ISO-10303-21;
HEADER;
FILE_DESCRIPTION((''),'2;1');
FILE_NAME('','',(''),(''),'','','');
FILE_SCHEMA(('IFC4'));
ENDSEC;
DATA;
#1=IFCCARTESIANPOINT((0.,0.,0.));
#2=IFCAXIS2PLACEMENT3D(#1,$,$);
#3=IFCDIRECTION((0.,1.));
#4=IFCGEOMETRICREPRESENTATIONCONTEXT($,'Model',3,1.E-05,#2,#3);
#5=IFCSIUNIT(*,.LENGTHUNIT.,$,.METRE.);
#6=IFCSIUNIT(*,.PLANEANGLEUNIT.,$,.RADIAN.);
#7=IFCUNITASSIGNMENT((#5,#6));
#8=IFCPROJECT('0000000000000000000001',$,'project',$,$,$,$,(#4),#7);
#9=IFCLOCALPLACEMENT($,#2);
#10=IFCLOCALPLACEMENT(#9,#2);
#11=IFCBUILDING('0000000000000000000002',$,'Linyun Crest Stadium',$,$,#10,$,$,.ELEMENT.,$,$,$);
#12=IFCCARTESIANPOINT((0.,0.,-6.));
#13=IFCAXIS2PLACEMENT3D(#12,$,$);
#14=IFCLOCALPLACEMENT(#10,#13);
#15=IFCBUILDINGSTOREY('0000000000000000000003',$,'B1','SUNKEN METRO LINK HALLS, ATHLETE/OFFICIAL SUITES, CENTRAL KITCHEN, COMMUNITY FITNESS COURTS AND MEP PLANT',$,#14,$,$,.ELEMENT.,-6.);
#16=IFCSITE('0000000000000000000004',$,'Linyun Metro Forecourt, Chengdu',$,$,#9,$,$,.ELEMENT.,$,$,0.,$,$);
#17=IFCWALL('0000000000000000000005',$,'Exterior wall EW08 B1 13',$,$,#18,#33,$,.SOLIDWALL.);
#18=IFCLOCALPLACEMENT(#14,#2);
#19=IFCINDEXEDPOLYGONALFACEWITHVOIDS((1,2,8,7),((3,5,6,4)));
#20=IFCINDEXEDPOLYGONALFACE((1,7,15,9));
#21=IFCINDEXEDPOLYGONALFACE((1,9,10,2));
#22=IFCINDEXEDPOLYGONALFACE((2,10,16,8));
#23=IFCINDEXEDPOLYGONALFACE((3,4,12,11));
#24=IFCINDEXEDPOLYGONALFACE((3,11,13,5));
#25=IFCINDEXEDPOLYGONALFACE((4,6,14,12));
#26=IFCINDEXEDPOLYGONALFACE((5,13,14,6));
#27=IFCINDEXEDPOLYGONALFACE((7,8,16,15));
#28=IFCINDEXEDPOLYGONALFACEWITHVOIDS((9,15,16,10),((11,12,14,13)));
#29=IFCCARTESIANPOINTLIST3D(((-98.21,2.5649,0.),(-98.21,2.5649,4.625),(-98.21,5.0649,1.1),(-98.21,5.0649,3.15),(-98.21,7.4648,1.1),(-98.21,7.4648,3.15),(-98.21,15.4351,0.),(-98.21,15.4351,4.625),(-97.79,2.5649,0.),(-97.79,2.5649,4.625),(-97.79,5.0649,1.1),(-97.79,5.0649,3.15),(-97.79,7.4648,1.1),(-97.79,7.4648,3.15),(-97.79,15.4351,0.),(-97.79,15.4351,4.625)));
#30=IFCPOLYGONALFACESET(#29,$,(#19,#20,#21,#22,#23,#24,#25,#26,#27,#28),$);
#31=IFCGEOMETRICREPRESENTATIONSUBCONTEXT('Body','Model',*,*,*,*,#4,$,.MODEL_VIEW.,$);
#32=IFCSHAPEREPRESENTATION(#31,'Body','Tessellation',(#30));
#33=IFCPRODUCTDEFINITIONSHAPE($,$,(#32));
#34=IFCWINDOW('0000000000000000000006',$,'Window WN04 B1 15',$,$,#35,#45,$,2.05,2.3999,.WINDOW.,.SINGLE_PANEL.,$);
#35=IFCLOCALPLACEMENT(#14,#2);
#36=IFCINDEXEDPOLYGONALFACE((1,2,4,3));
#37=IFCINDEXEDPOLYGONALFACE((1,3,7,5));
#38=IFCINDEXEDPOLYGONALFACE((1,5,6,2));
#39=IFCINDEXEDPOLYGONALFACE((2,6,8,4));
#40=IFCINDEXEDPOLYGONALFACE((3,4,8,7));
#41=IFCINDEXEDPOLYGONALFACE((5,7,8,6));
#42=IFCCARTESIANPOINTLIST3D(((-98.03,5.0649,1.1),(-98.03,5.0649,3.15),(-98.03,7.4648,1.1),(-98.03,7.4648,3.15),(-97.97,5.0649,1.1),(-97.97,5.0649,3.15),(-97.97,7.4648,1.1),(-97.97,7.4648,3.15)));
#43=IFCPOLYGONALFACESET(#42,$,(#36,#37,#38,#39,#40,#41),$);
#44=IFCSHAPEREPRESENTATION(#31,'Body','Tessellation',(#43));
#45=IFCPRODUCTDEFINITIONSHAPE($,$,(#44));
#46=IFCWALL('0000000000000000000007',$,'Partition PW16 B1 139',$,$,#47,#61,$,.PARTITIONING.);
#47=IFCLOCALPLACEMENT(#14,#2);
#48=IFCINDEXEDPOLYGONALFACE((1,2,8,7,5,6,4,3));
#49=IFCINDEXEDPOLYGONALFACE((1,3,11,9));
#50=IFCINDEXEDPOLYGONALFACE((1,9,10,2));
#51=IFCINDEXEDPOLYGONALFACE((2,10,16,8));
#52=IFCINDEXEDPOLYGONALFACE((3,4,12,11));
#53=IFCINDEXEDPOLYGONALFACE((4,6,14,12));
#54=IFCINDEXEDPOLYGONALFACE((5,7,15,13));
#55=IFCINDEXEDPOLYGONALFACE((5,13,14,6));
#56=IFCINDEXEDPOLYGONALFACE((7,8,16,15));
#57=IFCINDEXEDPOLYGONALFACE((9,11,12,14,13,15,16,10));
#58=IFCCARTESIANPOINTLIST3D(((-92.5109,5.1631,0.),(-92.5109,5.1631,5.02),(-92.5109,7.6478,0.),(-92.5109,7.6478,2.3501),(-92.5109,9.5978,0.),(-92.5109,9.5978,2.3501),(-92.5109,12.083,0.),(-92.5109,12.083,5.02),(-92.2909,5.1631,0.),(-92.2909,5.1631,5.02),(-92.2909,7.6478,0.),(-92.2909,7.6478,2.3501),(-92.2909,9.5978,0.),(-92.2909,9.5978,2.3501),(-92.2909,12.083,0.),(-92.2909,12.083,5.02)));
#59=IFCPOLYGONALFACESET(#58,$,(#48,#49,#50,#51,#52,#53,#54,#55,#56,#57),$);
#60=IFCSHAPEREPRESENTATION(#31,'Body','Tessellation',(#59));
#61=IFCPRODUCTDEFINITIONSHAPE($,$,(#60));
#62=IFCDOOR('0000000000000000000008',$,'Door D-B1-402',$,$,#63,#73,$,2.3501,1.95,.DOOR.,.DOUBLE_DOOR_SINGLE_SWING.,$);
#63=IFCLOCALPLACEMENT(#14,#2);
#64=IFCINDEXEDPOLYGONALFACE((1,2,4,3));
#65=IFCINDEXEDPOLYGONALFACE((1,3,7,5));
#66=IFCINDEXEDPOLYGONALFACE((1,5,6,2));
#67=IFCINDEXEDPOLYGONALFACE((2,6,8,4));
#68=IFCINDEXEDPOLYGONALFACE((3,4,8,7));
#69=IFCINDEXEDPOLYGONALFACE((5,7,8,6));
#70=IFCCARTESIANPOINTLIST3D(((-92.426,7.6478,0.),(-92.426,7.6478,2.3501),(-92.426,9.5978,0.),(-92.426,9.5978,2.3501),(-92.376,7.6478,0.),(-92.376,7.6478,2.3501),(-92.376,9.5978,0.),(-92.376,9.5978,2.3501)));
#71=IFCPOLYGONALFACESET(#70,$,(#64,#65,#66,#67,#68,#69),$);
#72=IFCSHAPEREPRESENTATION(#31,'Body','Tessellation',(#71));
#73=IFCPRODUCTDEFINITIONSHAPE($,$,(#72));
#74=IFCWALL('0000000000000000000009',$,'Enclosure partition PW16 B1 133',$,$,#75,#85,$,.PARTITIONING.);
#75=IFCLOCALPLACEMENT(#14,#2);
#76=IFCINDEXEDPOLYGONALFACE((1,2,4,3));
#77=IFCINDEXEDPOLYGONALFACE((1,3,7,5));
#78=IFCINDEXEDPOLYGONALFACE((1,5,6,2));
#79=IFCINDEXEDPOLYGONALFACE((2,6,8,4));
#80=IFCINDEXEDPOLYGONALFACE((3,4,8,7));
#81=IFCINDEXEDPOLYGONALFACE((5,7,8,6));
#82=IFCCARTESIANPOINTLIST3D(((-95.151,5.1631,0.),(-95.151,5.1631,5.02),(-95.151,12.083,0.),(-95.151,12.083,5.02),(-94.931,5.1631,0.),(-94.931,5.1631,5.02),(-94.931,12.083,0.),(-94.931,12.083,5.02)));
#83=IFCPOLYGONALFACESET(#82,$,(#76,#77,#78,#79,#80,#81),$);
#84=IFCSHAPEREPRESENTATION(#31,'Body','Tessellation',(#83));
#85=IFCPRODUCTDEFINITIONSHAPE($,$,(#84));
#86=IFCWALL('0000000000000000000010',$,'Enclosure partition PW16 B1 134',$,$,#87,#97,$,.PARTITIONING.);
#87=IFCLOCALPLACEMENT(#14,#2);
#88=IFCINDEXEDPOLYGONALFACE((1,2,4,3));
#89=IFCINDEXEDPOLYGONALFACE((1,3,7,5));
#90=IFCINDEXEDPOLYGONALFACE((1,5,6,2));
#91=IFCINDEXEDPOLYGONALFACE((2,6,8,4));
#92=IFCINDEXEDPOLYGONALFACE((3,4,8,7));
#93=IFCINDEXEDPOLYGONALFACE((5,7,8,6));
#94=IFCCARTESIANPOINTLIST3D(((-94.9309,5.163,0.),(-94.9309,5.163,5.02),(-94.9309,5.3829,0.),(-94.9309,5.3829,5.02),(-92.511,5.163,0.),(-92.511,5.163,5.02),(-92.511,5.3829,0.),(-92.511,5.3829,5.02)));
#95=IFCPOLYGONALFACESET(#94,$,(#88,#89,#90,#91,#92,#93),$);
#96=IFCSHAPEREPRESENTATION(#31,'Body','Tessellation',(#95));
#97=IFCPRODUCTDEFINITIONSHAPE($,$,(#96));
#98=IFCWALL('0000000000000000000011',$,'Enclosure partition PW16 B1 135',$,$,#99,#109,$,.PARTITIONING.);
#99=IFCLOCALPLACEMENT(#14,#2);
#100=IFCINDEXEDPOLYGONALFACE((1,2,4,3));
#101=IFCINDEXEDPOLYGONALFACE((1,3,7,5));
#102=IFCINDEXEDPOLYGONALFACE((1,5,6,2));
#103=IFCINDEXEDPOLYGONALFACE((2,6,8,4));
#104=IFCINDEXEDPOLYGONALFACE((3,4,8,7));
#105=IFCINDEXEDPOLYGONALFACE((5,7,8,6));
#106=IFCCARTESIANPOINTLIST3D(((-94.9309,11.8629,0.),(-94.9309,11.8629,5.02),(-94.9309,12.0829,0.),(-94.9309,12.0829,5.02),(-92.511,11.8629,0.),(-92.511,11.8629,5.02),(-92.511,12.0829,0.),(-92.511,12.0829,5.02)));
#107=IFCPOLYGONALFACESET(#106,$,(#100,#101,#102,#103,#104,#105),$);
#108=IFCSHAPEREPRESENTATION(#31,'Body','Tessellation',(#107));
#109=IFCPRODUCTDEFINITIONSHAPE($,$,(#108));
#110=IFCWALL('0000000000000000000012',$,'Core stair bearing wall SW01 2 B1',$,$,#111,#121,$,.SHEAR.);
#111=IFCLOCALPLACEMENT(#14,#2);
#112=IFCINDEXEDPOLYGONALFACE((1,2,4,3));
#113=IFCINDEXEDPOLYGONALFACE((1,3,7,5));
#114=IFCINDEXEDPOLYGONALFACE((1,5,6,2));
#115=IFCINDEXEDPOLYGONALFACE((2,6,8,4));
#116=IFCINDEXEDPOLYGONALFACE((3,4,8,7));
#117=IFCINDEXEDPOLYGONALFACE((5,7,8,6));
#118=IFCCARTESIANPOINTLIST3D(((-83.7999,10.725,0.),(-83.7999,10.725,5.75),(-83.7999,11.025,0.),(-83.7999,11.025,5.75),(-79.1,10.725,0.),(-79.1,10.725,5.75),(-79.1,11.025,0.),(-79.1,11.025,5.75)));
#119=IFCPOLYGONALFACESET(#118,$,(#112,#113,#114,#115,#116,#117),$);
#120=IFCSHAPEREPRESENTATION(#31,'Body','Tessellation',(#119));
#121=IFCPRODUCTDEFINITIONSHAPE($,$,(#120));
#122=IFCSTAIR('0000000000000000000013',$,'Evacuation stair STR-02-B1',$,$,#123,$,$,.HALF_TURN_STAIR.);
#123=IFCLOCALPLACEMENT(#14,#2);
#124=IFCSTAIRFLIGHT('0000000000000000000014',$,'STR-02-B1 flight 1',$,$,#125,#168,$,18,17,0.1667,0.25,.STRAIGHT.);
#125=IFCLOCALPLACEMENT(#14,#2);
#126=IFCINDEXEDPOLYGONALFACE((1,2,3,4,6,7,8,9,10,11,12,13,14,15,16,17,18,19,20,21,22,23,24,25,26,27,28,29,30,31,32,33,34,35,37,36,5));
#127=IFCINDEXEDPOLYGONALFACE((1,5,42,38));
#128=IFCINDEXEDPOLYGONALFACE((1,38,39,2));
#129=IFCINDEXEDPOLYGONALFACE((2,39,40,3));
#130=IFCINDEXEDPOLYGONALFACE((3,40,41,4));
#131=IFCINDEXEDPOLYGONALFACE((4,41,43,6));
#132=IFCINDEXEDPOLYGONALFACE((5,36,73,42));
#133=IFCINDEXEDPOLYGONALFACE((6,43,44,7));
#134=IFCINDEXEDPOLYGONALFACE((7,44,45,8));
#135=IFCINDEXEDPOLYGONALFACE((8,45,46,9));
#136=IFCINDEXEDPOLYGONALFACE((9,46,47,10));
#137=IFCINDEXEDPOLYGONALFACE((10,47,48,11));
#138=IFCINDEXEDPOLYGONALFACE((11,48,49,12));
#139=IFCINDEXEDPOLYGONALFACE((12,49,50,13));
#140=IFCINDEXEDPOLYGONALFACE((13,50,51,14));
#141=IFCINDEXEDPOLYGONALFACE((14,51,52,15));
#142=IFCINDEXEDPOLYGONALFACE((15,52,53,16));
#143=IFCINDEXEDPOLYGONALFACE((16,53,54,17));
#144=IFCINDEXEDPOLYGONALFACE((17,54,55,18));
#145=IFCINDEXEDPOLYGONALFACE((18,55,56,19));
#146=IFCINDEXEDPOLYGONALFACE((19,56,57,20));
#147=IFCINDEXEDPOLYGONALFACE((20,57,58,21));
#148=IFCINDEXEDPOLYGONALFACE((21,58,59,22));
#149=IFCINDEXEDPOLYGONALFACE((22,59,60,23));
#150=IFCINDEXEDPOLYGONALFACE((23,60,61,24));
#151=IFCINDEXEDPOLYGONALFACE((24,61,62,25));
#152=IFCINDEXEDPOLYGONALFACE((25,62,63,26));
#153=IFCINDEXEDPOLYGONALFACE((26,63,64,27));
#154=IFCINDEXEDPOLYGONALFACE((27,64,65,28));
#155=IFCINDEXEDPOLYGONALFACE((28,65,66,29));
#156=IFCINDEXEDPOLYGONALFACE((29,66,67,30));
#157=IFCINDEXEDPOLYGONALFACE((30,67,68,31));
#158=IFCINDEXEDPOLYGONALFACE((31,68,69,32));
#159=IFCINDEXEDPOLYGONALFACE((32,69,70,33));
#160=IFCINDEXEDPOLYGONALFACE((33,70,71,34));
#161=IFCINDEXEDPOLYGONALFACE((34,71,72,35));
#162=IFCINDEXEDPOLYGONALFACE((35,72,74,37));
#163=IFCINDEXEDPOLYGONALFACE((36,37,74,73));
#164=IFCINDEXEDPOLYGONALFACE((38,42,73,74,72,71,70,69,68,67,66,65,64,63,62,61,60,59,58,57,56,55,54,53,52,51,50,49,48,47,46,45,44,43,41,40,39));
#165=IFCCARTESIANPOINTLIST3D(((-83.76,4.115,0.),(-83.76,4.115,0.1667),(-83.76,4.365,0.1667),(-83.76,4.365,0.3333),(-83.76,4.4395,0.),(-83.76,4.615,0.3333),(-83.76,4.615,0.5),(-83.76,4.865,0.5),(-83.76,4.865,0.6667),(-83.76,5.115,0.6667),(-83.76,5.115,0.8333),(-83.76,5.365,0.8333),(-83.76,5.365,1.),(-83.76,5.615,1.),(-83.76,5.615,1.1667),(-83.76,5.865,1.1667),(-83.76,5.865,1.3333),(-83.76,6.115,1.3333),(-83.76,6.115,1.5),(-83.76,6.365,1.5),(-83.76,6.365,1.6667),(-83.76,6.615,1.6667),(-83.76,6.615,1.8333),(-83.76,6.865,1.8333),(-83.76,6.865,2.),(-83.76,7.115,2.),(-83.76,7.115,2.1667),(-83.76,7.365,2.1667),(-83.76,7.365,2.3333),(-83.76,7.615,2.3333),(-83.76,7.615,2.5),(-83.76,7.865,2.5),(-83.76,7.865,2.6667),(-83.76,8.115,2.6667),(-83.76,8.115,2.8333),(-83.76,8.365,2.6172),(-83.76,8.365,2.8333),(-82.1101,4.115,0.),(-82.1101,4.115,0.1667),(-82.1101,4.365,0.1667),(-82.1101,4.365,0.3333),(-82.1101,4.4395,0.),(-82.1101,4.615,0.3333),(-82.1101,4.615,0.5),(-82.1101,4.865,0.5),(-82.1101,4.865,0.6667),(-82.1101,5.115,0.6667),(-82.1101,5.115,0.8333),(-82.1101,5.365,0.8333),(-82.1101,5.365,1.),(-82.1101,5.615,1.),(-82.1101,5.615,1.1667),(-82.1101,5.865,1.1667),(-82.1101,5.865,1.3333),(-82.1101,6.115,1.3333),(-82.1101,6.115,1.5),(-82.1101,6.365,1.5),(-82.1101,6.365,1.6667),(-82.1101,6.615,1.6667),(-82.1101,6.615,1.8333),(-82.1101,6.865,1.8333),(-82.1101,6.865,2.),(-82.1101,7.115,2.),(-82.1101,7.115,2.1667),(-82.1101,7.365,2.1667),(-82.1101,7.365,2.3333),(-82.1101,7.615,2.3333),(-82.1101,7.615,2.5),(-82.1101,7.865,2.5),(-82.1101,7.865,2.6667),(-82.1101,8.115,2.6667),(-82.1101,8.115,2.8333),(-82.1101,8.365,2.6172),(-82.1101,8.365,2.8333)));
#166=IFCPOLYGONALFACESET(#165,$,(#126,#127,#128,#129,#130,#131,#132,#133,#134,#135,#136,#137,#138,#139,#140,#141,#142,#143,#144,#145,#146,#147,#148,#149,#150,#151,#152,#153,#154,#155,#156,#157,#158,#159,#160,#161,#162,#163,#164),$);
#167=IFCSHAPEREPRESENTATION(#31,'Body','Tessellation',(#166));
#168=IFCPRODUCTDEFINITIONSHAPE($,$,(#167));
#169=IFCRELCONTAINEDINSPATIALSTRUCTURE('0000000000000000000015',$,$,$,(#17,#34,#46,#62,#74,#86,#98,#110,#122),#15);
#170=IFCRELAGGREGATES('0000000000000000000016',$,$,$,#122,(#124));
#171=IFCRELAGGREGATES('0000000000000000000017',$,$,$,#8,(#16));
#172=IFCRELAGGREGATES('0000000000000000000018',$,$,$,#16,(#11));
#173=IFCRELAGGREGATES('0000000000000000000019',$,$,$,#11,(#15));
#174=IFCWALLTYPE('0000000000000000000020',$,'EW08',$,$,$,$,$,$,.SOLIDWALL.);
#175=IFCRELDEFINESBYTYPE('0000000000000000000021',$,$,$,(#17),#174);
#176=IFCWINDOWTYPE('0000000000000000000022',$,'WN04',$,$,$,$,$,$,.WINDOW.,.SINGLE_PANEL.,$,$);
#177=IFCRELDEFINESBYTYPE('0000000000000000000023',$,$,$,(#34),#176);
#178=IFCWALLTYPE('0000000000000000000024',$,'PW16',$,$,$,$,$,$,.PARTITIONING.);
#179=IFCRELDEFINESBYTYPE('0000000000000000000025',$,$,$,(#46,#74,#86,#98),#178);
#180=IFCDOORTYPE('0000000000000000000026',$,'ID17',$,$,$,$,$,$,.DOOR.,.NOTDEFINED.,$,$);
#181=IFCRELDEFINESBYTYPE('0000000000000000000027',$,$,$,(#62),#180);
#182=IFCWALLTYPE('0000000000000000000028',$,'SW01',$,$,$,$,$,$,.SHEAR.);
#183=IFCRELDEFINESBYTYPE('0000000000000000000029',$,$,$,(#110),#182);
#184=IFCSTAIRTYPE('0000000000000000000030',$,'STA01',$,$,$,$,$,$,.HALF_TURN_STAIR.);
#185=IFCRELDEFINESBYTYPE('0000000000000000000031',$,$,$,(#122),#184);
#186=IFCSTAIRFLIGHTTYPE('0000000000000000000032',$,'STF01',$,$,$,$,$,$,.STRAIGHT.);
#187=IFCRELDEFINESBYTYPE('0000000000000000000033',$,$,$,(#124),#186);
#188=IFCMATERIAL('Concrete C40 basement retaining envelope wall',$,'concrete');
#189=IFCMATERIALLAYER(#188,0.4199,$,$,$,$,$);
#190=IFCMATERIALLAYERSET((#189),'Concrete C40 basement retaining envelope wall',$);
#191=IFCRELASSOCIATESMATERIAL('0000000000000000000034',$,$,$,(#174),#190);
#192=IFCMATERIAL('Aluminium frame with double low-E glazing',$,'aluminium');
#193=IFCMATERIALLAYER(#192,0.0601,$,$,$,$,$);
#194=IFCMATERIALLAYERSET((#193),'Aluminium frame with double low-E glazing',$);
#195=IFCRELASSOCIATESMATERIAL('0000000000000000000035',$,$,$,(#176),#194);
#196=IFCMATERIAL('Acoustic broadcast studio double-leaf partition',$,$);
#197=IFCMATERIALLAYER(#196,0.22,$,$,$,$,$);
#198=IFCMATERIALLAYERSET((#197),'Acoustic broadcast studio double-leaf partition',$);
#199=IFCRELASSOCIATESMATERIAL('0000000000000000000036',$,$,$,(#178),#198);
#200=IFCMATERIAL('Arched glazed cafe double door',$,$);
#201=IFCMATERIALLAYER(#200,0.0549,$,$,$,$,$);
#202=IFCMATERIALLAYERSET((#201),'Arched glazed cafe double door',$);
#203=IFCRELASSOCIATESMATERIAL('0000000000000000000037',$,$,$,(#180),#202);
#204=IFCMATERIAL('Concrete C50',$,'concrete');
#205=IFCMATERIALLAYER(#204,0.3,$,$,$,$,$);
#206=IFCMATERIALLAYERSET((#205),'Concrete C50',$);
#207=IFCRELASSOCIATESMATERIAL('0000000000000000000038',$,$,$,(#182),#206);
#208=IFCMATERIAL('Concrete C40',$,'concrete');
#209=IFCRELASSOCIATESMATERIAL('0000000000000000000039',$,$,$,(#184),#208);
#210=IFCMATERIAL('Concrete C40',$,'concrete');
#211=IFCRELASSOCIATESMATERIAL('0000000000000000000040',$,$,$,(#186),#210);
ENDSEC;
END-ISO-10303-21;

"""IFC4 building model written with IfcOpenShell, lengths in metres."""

from ifc_helpers import new_model, si_unit, direction, frame, frame_2d, origin, place, context, subcontext, project, spatial, polyline, rectangle, outline, extrude, material, layer, layer_set, type_object, element, fill, aggregate, save


model = new_model("IFC4")

# Units and contexts
model_context = context("Model", 3, precision=1e-05, world=origin(), true_north=direction((0.0, 1.0)))
body_context = subcontext(model_context, "Body", "Model", "MODEL_VIEW")
ifc_project = project(units=[si_unit("LENGTHUNIT", "METRE"), si_unit("PLANEANGLEUNIT", "RADIAN")], contexts=[model_context])

# Site, building, storey
site_placement = place(None, origin())
site = spatial("IfcSite", under=ifc_project, at=site_placement, Name="Linyun Metro Forecourt, Chengdu", CompositionType="ELEMENT", RefElevation=0.0)
building_placement = place(site_placement, origin())
building = spatial("IfcBuilding", under=site, at=building_placement, Name="Linyun Crest Stadium", CompositionType="ELEMENT")
storey_placement = place(building_placement, frame((0.0, 0.0, -6.0)))
storey = spatial("IfcBuildingStorey", under=building, at=storey_placement, Name="B1", Description="SUNKEN METRO LINK HALLS, ATHLETE/OFFICIAL SUITES, CENTRAL KITCHEN, COMMUNITY FITNESS COURTS AND MEP PLANT", CompositionType="ELEMENT", Elevation=-6.0)

# Wall, opening, window
ifc_material_1 = material(Name="Concrete C40 basement retaining envelope wall", Category="concrete")
ifc_layer_1 = layer(ifc_material_1, 0.4199)
ifc_layer_set_1 = layer_set([ifc_layer_1], Name="Concrete C40 basement retaining envelope wall")
wall_type_1 = type_object("IfcWallType", Name="EW08", PredefinedType="SOLIDWALL", material=ifc_layer_set_1)
wall_1_placement = place(storey_placement, frame((-98.0, 2.5649, 0.0), z_axis=(0.0, 0.0, 1.0), x_axis=(0.0, 1.0, 0.0)))
wall_1 = element("IfcWall", 1, at=wall_1_placement, inside=storey, type_object=wall_type_1, Name="Exterior wall EW08 B1 13", PredefinedType="SOLIDWALL", context=body_context, shape_type="SweptSolid", body=[
    extrude(rectangle(XDim=12.8701, YDim=0.4199, at=frame_2d((6.4351, 0.0))), origin(), (0.0, 0.0, 1.0), 4.625),
])
opening_1_placement = place(wall_1_placement, frame((2.5, 0.0, 1.1001)))
opening_1 = element("IfcOpeningElement", 2, at=opening_1_placement, cuts=wall_1, PredefinedType="OPENING", context=body_context, shape_type="SweptSolid", body=[
    extrude(rectangle(XDim=2.3999, YDim=2.05, at=frame_2d((1.2, 1.0249))), frame((0.0, 0.22, 0.0), z_axis=(0.0, -1.0, 0.0), x_axis=(1.0, 0.0, 0.0)), (0.0, 0.0, 1.0), 0.4399),
])
ifc_material_2 = material(Name="Aluminium frame with double low-E glazing", Category="aluminium")
ifc_layer_2 = layer(ifc_material_2, 0.0601)
ifc_layer_set_2 = layer_set([ifc_layer_2], Name="Aluminium frame with double low-E glazing")
window_type = type_object("IfcWindowType", Name="WN04", PartitioningType="SINGLE_PANEL", PredefinedType="WINDOW", material=ifc_layer_set_2)
window_placement = place(opening_1_placement, origin())
window = element("IfcWindow", 3, at=window_placement, inside=storey, type_object=window_type, Name="Window WN04 B1 15", OverallHeight=2.05, OverallWidth=2.3999, PartitioningType="SINGLE_PANEL", PredefinedType="WINDOW", context=body_context, shape_type="SweptSolid", body=[
    extrude(rectangle(XDim=2.3999, YDim=2.05, at=frame_2d((1.2, 1.0249))), frame((0.0, 0.03, 0.0), z_axis=(0.0, -1.0, 0.0), x_axis=(1.0, 0.0, 0.0)), (0.0, 0.0, 1.0), 0.0601),
])
fill(opening_1, window)

# Wall, opening, door
ifc_material_3 = material(Name="Acoustic broadcast studio double-leaf partition")
ifc_layer_3 = layer(ifc_material_3, 0.22)
ifc_layer_set_3 = layer_set([ifc_layer_3], Name="Acoustic broadcast studio double-leaf partition")
wall_type_2 = type_object("IfcWallType", Name="PW16", PredefinedType="PARTITIONING", material=ifc_layer_set_3)
wall_2_placement = place(storey_placement, frame((-92.4009, 12.083, 0.0), z_axis=(0.0, 0.0, 1.0), x_axis=(0.0, -1.0, 0.0)))
wall_2 = element("IfcWall", 4, at=wall_2_placement, inside=storey, type_object=wall_type_2, Name="Partition PW16 B1 139", PredefinedType="PARTITIONING", context=body_context, shape_type="SweptSolid", body=[
    extrude(rectangle(XDim=6.9199, YDim=0.22, at=frame_2d((3.46, 0.0))), origin(), (0.0, 0.0, 1.0), 5.02),
])
opening_2_placement = place(wall_2_placement, frame((2.4851, 0.0, 0.0)))
opening_2 = element("IfcOpeningElement", 5, at=opening_2_placement, cuts=wall_2, PredefinedType="OPENING", context=body_context, shape_type="SweptSolid", body=[
    extrude(rectangle(XDim=1.95, YDim=2.3501, at=frame_2d((0.9751, 1.175))), frame((0.0, 0.1199, 0.0), z_axis=(0.0, -1.0, 0.0), x_axis=(1.0, 0.0, 0.0)), (0.0, 0.0, 1.0), 0.24),
])
ifc_material_4 = material(Name="Arched glazed cafe double door")
ifc_layer_4 = layer(ifc_material_4, 0.0549)
ifc_layer_set_4 = layer_set([ifc_layer_4], Name="Arched glazed cafe double door")
door_type_1 = type_object("IfcDoorType", Name="ID17", OperationType="NOTDEFINED", PredefinedType="DOOR", material=ifc_layer_set_4)
door_1_placement = place(opening_2_placement, origin())
door_1 = element("IfcDoor", 6, at=door_1_placement, inside=storey, type_object=door_type_1, Name="Door D-B1-402", OperationType="DOUBLE_DOOR_SINGLE_SWING", OverallHeight=2.3501, OverallWidth=1.95, PredefinedType="DOOR", context=body_context, shape_type="SweptSolid", body=[
    extrude(rectangle(XDim=1.95, YDim=2.3501, at=frame_2d((0.9751, 1.175))), frame((0.0, 0.0249, 0.0), z_axis=(0.0, -1.0, 0.0), x_axis=(1.0, 0.0, 0.0)), (0.0, 0.0, 1.0), 0.05),
])
fill(opening_2, door_1)

# Walls
wall_3_placement = place(storey_placement, frame((-95.041, 5.1631, 0.0), z_axis=(0.0, 0.0, 1.0), x_axis=(0.0, 1.0, 0.0)))
element("IfcWall", 7, at=wall_3_placement, inside=storey, type_object=wall_type_2, Name="Enclosure partition PW16 B1 133", PredefinedType="PARTITIONING", context=body_context, shape_type="SweptSolid", body=[
    extrude(rectangle(XDim=6.9199, YDim=0.22, at=frame_2d((3.46, 0.0))), origin(), (0.0, 0.0, 1.0), 5.02),
])
for number, where, z_axis, x_axis, name in (
    (8, (-94.9309, 5.2729, 0.0), (0.0, 0.0, 1.0), (1.0, 0.0, 0.0), "Enclosure partition PW16 B1 134"),
    (9, (-94.9309, 11.9729, 0.0), (0.0, 0.0, 1.0), (1.0, 0.0, 0.0), "Enclosure partition PW16 B1 135"),
):
    element("IfcWall", number, at=place(storey_placement, frame(where, z_axis=z_axis, x_axis=x_axis)), inside=storey, type_object=wall_type_2, Name=name, PredefinedType="PARTITIONING", context=body_context, shape_type="SweptSolid", body=[
        extrude(rectangle(XDim=2.4199, YDim=0.22, at=frame_2d((1.21, 0.0))), origin(), (0.0, 0.0, 1.0), 5.02),
    ])
ifc_material_5 = material(Name="Concrete C50", Category="concrete")
ifc_layer_5 = layer(ifc_material_5, 0.3)
ifc_layer_set_5 = layer_set([ifc_layer_5], Name="Concrete C50")
wall_type_3 = type_object("IfcWallType", Name="SW01", PredefinedType="SHEAR", material=ifc_layer_set_5)
wall_4_placement = place(storey_placement, frame((-83.8, 10.875, 0.0), z_axis=(0.0, 0.0, 1.0), x_axis=(1.0, 0.0, 0.0)))
element("IfcWall", 10, at=wall_4_placement, inside=storey, type_object=wall_type_3, Name="Core stair bearing wall SW01 2 B1", PredefinedType="SHEAR", context=body_context, shape_type="SweptSolid", body=[
    extrude(rectangle(XDim=4.7, YDim=0.3, at=frame_2d((2.3501, 0.0))), origin(), (0.0, 0.0, 1.0), 5.75),
])

# Stair, stair flight
ifc_material_6 = material(Name="Concrete C40", Category="concrete")
stair_type = type_object("IfcStairType", Name="STA01", PredefinedType="HALF_TURN_STAIR", material=ifc_material_6)
stair_placement = place(storey_placement, origin())
stair = element("IfcStair", 11, at=stair_placement, inside=storey, type_object=stair_type, Name="Evacuation stair STR-02-B1", PredefinedType="HALF_TURN_STAIR")
ifc_material_7 = material(Name="Concrete C40", Category="concrete")
stair_flight_type = type_object("IfcStairFlightType", Name="STF01", PredefinedType="STRAIGHT", material=ifc_material_7)
stair_flight_placement = place(storey_placement, frame((-82.9351, 4.115, 0.0), z_axis=(0.0, 0.0, 1.0), x_axis=(0.0, 1.0, 0.0)))
stair_flight = element("IfcStairFlight", 12, at=stair_flight_placement, type_object=stair_flight_type, Name="STR-02-B1 flight 1", NumberOfRisers=18, NumberOfTreads=17, PredefinedType="STRAIGHT", RiserHeight=0.1667, TreadLength=0.25, context=body_context, shape_type="SweptSolid", body=[
    extrude(outline(polyline([(0.0, 0.0), (0.0, 0.1667), (0.25, 0.1667), (0.25, 0.3333), (0.5, 0.3333), (0.5, 0.5), (0.75, 0.5), (0.75, 0.6667), (1.0, 0.6667), (1.0, 0.8333), (1.25, 0.8333), (1.25, 1.0), (1.5, 1.0), (1.5, 1.1667), (1.75, 1.1667), (1.75, 1.3333), (2.0, 1.3333), (2.0, 1.5), (2.25, 1.5), (2.25, 1.6667), (2.5, 1.6667), (2.5, 1.8333), (2.75, 1.8333), (2.75, 2.0), (3.0, 2.0), (3.0, 2.1667), (3.25, 2.1667), (3.25, 2.3333), (3.5, 2.3333), (3.5, 2.5), (3.75, 2.5), (3.75, 2.6667), (4.0, 2.6667), (4.0, 2.8333), (4.25, 2.8333), (4.25, 3.0), (4.25, 2.6172), (0.3245, 0.0), (0.0, 0.0)])), frame((0.0, 0.825, 0.0), z_axis=(0.0, -1.0, 0.0), x_axis=(1.0, 0.0, 0.0)), (0.0, 0.0, 1.0), 1.6499),
])
aggregate(stair, [stair_flight])

save(model, "model.ifc")
